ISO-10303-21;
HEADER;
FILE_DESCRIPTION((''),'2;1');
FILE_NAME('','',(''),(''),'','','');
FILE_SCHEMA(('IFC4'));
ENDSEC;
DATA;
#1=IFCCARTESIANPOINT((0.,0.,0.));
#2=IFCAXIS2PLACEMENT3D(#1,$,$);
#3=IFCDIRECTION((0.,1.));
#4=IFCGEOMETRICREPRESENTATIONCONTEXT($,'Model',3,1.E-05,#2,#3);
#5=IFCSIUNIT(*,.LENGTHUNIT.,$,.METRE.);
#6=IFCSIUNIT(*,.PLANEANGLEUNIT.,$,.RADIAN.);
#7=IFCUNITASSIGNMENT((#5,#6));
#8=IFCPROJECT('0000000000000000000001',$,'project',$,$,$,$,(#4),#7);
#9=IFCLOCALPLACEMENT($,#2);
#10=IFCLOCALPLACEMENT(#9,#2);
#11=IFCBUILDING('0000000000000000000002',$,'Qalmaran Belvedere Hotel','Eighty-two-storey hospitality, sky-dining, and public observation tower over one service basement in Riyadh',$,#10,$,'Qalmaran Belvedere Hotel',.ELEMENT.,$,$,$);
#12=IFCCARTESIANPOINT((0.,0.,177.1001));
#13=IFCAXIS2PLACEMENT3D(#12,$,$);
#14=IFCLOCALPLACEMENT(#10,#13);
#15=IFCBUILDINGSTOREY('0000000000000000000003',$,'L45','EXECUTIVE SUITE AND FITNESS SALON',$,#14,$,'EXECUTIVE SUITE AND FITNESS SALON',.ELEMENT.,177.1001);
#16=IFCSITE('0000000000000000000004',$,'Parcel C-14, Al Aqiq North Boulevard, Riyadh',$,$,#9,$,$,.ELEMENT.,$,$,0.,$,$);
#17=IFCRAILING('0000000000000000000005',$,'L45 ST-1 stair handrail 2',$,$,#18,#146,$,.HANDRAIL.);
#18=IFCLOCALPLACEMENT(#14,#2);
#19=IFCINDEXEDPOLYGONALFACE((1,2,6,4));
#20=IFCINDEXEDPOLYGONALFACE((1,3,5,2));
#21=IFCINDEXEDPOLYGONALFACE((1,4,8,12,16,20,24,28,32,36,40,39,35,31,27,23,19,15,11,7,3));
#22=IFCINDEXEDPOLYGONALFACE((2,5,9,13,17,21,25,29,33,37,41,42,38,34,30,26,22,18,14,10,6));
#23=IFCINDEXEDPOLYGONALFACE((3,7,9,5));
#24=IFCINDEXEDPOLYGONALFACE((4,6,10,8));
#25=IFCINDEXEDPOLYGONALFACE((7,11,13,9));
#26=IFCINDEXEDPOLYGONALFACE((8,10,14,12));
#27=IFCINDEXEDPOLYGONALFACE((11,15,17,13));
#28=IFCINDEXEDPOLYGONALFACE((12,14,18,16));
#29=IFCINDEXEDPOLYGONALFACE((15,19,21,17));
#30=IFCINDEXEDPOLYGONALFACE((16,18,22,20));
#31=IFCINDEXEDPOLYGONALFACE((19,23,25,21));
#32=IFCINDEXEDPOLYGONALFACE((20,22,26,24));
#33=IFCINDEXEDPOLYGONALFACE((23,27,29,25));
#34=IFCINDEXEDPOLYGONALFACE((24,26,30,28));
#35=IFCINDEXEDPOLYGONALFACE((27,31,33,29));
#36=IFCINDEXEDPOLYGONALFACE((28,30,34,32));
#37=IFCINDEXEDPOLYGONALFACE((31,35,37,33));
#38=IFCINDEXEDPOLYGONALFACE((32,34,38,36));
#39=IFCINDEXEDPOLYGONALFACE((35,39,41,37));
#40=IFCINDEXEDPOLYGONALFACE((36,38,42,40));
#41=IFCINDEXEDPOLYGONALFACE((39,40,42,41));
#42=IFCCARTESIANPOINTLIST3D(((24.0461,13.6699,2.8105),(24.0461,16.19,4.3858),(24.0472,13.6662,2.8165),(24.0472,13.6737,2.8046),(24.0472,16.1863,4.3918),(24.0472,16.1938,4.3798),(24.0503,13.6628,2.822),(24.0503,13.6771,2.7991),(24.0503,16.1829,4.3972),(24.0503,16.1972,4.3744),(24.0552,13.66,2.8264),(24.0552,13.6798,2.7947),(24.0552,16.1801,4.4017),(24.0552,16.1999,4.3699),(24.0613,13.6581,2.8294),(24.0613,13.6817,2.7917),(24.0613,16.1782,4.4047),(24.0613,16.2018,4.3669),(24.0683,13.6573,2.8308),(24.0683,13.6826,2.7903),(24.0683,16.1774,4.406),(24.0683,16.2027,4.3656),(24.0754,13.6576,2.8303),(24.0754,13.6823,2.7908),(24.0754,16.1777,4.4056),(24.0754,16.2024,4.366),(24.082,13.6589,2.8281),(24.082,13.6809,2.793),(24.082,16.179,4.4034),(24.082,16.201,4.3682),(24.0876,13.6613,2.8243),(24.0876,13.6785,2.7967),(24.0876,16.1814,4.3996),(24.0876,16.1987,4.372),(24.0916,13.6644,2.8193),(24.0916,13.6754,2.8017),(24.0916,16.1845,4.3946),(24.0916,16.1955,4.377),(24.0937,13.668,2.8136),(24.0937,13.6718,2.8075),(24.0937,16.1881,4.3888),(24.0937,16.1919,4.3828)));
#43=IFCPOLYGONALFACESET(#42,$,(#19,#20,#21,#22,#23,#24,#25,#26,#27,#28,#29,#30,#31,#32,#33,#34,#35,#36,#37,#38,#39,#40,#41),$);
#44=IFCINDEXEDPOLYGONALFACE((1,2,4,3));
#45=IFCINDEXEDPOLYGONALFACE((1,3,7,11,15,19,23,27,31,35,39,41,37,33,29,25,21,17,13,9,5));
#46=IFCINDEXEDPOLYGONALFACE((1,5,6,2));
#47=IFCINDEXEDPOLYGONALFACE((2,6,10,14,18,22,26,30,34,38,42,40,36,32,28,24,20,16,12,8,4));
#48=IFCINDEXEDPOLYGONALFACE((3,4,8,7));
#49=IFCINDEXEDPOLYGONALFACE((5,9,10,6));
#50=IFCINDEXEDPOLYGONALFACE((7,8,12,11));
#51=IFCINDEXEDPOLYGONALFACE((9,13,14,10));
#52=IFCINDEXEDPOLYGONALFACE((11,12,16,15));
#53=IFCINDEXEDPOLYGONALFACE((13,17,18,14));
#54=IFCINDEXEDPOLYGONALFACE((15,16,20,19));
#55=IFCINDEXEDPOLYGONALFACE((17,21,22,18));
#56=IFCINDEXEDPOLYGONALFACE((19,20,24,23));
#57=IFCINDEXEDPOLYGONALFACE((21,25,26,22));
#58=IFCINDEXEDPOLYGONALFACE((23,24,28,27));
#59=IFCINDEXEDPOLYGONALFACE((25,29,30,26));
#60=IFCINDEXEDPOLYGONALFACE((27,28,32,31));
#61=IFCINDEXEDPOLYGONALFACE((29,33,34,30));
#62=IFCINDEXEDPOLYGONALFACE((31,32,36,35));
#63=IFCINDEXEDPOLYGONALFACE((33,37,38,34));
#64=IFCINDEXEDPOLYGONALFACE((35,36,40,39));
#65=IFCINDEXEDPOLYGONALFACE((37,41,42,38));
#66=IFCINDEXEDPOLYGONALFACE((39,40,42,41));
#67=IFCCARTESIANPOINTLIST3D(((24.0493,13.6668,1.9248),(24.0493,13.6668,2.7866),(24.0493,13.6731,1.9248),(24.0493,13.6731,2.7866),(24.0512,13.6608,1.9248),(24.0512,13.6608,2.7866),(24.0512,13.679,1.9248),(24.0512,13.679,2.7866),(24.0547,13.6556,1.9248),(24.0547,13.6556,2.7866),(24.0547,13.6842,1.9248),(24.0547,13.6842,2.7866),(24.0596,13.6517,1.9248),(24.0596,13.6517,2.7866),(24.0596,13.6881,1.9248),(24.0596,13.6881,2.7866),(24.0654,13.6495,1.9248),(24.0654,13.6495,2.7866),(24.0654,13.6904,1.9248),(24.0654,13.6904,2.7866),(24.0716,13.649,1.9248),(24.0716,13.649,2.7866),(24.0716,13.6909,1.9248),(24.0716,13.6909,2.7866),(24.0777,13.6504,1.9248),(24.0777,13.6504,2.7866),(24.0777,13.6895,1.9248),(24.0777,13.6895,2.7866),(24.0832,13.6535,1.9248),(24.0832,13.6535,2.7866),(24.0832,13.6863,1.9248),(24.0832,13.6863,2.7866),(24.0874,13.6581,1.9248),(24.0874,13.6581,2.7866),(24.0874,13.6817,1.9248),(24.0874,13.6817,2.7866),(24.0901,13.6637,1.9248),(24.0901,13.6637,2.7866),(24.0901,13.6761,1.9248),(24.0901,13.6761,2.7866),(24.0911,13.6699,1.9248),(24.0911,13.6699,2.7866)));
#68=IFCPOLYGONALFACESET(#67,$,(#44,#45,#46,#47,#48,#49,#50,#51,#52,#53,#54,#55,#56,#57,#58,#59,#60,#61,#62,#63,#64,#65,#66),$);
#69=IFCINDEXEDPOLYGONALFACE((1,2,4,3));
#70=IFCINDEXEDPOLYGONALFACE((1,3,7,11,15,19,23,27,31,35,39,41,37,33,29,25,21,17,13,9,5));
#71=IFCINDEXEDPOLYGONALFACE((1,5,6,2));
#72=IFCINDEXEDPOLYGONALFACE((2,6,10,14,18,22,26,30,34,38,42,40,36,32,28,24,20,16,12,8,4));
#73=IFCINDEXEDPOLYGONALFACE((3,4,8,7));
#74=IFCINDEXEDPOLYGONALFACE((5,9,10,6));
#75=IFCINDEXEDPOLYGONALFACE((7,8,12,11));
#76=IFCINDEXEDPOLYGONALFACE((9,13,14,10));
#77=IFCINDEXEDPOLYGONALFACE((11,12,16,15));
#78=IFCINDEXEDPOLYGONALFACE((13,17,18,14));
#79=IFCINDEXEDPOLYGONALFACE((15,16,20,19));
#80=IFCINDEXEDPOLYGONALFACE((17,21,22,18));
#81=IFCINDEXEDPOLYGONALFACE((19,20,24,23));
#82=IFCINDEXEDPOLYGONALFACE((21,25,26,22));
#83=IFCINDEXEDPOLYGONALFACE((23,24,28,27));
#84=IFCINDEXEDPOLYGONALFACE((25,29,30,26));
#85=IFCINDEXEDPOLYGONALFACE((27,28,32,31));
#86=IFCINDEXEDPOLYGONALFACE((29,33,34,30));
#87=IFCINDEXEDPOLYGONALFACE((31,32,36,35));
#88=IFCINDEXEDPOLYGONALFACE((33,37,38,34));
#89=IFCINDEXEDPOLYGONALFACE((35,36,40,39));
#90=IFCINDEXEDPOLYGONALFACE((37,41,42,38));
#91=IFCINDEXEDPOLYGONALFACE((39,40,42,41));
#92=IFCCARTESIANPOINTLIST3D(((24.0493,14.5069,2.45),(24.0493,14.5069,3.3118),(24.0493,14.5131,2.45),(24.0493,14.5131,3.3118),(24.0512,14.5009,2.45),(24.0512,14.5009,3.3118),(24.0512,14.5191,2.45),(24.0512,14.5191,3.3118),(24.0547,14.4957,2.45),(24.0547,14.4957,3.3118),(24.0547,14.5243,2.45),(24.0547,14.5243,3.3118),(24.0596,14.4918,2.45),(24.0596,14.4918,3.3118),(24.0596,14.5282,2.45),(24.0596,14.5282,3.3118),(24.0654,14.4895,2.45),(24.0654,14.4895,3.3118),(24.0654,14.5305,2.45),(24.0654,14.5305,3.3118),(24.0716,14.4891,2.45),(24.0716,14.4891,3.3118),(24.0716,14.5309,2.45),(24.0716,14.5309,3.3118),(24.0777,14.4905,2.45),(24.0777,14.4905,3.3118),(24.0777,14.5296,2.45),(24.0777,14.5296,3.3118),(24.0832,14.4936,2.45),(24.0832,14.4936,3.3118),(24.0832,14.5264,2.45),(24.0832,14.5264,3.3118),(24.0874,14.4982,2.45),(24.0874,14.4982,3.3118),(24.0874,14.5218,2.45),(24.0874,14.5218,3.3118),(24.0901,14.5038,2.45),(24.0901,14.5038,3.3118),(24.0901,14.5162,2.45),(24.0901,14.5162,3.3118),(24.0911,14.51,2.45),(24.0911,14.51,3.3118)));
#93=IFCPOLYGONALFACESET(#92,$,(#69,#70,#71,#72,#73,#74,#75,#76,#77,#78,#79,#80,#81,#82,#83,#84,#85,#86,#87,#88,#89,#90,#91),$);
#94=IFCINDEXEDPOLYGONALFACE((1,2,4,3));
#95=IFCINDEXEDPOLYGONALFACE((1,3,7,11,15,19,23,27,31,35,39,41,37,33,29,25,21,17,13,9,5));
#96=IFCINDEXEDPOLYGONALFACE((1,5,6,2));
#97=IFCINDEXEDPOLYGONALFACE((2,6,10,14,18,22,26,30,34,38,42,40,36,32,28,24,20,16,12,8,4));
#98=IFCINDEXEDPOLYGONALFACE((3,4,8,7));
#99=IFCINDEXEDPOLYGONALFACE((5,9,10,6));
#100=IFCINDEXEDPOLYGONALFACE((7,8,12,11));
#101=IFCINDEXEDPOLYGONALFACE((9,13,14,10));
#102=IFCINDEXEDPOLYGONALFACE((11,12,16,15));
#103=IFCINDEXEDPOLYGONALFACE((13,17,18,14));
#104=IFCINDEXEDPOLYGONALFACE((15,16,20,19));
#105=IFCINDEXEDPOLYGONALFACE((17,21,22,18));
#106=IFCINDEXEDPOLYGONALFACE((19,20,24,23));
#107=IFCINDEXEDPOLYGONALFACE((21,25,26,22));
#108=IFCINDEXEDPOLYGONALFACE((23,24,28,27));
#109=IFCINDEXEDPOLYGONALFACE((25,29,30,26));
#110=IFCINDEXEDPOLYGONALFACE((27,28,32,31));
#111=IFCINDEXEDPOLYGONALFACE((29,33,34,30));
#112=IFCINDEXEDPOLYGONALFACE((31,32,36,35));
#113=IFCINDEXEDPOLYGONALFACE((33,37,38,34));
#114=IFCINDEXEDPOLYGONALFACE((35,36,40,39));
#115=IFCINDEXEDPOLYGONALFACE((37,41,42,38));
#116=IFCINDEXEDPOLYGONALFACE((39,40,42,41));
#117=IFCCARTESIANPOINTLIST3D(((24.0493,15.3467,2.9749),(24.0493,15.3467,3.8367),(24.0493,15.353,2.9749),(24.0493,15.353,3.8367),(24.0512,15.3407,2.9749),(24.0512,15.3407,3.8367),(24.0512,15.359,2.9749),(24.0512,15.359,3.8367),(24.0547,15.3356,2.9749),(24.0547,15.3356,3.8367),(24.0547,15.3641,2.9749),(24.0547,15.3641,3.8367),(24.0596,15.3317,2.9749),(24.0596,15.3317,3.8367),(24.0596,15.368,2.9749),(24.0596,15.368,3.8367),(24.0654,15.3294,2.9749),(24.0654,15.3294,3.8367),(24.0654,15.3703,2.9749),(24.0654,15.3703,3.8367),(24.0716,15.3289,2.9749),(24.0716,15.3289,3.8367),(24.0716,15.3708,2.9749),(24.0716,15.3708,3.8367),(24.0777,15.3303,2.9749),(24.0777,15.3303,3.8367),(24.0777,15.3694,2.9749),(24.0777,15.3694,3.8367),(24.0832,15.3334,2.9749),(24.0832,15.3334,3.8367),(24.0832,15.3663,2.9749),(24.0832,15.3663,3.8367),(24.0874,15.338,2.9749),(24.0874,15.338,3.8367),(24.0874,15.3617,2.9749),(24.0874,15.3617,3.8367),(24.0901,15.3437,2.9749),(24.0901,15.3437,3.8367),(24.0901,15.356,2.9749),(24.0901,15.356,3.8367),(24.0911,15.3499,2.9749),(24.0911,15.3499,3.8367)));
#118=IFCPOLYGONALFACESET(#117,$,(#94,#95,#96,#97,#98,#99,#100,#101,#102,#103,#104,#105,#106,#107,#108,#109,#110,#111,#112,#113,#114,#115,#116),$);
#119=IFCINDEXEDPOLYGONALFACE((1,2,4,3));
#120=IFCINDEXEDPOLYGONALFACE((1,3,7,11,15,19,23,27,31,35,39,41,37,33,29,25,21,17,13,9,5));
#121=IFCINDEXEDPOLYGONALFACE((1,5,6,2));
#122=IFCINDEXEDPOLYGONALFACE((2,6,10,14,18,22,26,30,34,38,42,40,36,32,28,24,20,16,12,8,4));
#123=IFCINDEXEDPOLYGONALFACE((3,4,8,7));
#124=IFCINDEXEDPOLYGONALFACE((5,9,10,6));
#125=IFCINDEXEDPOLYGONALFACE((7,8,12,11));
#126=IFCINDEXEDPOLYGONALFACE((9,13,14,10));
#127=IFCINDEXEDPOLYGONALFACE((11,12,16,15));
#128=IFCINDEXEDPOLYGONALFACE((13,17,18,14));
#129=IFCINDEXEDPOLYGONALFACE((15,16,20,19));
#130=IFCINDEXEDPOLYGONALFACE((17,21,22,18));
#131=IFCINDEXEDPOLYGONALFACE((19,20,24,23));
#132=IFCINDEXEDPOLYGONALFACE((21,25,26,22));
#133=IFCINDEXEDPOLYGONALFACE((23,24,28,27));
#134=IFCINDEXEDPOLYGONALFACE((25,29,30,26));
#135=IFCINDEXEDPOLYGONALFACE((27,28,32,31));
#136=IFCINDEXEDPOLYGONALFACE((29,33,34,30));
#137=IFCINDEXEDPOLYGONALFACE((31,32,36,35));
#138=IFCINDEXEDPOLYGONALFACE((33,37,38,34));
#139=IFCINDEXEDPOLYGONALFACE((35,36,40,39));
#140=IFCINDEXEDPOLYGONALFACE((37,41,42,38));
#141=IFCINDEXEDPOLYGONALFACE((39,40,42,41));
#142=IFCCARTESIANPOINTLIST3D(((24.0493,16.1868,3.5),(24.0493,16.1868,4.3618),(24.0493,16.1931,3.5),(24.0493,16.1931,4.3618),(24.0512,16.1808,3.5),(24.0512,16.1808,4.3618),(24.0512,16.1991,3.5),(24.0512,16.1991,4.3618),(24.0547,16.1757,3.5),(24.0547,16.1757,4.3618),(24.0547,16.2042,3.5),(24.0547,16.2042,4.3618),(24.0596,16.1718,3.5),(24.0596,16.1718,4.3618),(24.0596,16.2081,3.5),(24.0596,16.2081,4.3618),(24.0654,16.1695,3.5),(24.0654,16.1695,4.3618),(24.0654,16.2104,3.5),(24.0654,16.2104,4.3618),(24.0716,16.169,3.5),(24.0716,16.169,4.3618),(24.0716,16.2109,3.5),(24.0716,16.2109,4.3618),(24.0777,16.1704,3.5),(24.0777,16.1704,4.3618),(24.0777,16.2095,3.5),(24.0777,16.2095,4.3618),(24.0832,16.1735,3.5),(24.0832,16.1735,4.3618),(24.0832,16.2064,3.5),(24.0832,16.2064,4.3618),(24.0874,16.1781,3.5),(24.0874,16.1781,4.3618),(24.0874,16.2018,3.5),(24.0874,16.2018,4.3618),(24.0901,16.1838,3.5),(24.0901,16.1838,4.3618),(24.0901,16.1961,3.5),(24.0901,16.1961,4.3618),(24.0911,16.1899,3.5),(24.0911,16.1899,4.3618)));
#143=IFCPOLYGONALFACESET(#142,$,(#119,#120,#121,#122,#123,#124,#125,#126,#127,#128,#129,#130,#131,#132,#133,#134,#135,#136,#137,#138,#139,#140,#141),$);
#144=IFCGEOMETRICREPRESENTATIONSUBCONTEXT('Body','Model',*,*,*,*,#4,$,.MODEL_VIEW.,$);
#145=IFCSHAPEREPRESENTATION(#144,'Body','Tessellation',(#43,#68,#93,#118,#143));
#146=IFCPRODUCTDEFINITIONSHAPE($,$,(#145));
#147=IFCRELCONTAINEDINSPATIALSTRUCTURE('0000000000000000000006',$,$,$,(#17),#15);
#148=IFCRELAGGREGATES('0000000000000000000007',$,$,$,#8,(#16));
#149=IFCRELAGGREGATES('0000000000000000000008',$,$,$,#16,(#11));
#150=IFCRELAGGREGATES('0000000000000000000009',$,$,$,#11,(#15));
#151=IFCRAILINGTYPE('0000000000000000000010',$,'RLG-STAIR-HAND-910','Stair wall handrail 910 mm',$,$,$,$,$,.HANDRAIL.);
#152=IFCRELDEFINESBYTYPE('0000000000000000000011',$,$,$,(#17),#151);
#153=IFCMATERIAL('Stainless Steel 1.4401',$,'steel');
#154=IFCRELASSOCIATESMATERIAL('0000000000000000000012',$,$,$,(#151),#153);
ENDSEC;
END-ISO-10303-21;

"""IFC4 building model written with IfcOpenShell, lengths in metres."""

from ifc_helpers import new_model, si_unit, direction, frame, origin, origin_2d, place, context, subcontext, project, spatial, circle, extrude, material, type_object, element, save


model = new_model("IFC4")

# Units and contexts
model_context = context("Model", 3, precision=1e-05, world=origin(), true_north=direction((0.0, 1.0)))
body_context = subcontext(model_context, "Body", "Model", "MODEL_VIEW")
ifc_project = project(units=[si_unit("LENGTHUNIT", "METRE"), si_unit("PLANEANGLEUNIT", "RADIAN")], contexts=[model_context])

# Site, building, storey
site_placement = place(None, origin())
site = spatial("IfcSite", under=ifc_project, at=site_placement, Name="Parcel C-14, Al Aqiq North Boulevard, Riyadh", CompositionType="ELEMENT", RefElevation=0.0)
building_placement = place(site_placement, origin())
building = spatial("IfcBuilding", under=site, at=building_placement, Name="Qalmaran Belvedere Hotel", Description="Eighty-two-storey hospitality, sky-dining, and public observation tower over one service basement in Riyadh", LongName="Qalmaran Belvedere Hotel", CompositionType="ELEMENT")
storey_placement = place(building_placement, frame((0.0, 0.0, 177.1001)))
storey = spatial("IfcBuildingStorey", under=building, at=storey_placement, Name="L45", Description="EXECUTIVE SUITE AND FITNESS SALON", LongName="EXECUTIVE SUITE AND FITNESS SALON", CompositionType="ELEMENT", Elevation=177.1001)

# Railing
ifc_material_1 = material(Name="Stainless Steel 1.4401", Category="steel")
railing_type_1 = type_object("IfcRailingType", Name="RLG-STAIR-HAND-910", Description="Stair wall handrail 910 mm", PredefinedType="HANDRAIL", material=ifc_material_1)
railing_1_placement = place(storey_placement, frame((24.0701, 13.6699, 1.9248)))
element("IfcRailing", 1, at=railing_1_placement, inside=storey, type_object=railing_type_1, Name="L45 ST-1 stair handrail 2", PredefinedType="HANDRAIL", context=body_context, shape_type="SweptSolid", body=[
    extrude(circle(Radius=0.0239, at=origin_2d()), frame((0.0, 0.0, 0.8857), z_axis=(0.0, 0.847971, 0.530043), x_axis=(-1.0, 0.0, 0.0)), (0.0, 0.0, 1.0), 2.9719),
    extrude(circle(Radius=0.021, at=origin_2d()), origin(), (0.0, 0.0, 1.0), 0.8618),
    extrude(circle(Radius=0.021, at=origin_2d()), frame((0.0, 0.8401, 0.5251)), (0.0, 0.0, 1.0), 0.8618),
    extrude(circle(Radius=0.021, at=origin_2d()), frame((0.0, 1.6799, 1.05)), (0.0, 0.0, 1.0), 0.8618),
    extrude(circle(Radius=0.021, at=origin_2d()), frame((0.0, 2.52, 1.5752)), (0.0, 0.0, 1.0), 0.8618),
])

save(model, "model.ifc")
